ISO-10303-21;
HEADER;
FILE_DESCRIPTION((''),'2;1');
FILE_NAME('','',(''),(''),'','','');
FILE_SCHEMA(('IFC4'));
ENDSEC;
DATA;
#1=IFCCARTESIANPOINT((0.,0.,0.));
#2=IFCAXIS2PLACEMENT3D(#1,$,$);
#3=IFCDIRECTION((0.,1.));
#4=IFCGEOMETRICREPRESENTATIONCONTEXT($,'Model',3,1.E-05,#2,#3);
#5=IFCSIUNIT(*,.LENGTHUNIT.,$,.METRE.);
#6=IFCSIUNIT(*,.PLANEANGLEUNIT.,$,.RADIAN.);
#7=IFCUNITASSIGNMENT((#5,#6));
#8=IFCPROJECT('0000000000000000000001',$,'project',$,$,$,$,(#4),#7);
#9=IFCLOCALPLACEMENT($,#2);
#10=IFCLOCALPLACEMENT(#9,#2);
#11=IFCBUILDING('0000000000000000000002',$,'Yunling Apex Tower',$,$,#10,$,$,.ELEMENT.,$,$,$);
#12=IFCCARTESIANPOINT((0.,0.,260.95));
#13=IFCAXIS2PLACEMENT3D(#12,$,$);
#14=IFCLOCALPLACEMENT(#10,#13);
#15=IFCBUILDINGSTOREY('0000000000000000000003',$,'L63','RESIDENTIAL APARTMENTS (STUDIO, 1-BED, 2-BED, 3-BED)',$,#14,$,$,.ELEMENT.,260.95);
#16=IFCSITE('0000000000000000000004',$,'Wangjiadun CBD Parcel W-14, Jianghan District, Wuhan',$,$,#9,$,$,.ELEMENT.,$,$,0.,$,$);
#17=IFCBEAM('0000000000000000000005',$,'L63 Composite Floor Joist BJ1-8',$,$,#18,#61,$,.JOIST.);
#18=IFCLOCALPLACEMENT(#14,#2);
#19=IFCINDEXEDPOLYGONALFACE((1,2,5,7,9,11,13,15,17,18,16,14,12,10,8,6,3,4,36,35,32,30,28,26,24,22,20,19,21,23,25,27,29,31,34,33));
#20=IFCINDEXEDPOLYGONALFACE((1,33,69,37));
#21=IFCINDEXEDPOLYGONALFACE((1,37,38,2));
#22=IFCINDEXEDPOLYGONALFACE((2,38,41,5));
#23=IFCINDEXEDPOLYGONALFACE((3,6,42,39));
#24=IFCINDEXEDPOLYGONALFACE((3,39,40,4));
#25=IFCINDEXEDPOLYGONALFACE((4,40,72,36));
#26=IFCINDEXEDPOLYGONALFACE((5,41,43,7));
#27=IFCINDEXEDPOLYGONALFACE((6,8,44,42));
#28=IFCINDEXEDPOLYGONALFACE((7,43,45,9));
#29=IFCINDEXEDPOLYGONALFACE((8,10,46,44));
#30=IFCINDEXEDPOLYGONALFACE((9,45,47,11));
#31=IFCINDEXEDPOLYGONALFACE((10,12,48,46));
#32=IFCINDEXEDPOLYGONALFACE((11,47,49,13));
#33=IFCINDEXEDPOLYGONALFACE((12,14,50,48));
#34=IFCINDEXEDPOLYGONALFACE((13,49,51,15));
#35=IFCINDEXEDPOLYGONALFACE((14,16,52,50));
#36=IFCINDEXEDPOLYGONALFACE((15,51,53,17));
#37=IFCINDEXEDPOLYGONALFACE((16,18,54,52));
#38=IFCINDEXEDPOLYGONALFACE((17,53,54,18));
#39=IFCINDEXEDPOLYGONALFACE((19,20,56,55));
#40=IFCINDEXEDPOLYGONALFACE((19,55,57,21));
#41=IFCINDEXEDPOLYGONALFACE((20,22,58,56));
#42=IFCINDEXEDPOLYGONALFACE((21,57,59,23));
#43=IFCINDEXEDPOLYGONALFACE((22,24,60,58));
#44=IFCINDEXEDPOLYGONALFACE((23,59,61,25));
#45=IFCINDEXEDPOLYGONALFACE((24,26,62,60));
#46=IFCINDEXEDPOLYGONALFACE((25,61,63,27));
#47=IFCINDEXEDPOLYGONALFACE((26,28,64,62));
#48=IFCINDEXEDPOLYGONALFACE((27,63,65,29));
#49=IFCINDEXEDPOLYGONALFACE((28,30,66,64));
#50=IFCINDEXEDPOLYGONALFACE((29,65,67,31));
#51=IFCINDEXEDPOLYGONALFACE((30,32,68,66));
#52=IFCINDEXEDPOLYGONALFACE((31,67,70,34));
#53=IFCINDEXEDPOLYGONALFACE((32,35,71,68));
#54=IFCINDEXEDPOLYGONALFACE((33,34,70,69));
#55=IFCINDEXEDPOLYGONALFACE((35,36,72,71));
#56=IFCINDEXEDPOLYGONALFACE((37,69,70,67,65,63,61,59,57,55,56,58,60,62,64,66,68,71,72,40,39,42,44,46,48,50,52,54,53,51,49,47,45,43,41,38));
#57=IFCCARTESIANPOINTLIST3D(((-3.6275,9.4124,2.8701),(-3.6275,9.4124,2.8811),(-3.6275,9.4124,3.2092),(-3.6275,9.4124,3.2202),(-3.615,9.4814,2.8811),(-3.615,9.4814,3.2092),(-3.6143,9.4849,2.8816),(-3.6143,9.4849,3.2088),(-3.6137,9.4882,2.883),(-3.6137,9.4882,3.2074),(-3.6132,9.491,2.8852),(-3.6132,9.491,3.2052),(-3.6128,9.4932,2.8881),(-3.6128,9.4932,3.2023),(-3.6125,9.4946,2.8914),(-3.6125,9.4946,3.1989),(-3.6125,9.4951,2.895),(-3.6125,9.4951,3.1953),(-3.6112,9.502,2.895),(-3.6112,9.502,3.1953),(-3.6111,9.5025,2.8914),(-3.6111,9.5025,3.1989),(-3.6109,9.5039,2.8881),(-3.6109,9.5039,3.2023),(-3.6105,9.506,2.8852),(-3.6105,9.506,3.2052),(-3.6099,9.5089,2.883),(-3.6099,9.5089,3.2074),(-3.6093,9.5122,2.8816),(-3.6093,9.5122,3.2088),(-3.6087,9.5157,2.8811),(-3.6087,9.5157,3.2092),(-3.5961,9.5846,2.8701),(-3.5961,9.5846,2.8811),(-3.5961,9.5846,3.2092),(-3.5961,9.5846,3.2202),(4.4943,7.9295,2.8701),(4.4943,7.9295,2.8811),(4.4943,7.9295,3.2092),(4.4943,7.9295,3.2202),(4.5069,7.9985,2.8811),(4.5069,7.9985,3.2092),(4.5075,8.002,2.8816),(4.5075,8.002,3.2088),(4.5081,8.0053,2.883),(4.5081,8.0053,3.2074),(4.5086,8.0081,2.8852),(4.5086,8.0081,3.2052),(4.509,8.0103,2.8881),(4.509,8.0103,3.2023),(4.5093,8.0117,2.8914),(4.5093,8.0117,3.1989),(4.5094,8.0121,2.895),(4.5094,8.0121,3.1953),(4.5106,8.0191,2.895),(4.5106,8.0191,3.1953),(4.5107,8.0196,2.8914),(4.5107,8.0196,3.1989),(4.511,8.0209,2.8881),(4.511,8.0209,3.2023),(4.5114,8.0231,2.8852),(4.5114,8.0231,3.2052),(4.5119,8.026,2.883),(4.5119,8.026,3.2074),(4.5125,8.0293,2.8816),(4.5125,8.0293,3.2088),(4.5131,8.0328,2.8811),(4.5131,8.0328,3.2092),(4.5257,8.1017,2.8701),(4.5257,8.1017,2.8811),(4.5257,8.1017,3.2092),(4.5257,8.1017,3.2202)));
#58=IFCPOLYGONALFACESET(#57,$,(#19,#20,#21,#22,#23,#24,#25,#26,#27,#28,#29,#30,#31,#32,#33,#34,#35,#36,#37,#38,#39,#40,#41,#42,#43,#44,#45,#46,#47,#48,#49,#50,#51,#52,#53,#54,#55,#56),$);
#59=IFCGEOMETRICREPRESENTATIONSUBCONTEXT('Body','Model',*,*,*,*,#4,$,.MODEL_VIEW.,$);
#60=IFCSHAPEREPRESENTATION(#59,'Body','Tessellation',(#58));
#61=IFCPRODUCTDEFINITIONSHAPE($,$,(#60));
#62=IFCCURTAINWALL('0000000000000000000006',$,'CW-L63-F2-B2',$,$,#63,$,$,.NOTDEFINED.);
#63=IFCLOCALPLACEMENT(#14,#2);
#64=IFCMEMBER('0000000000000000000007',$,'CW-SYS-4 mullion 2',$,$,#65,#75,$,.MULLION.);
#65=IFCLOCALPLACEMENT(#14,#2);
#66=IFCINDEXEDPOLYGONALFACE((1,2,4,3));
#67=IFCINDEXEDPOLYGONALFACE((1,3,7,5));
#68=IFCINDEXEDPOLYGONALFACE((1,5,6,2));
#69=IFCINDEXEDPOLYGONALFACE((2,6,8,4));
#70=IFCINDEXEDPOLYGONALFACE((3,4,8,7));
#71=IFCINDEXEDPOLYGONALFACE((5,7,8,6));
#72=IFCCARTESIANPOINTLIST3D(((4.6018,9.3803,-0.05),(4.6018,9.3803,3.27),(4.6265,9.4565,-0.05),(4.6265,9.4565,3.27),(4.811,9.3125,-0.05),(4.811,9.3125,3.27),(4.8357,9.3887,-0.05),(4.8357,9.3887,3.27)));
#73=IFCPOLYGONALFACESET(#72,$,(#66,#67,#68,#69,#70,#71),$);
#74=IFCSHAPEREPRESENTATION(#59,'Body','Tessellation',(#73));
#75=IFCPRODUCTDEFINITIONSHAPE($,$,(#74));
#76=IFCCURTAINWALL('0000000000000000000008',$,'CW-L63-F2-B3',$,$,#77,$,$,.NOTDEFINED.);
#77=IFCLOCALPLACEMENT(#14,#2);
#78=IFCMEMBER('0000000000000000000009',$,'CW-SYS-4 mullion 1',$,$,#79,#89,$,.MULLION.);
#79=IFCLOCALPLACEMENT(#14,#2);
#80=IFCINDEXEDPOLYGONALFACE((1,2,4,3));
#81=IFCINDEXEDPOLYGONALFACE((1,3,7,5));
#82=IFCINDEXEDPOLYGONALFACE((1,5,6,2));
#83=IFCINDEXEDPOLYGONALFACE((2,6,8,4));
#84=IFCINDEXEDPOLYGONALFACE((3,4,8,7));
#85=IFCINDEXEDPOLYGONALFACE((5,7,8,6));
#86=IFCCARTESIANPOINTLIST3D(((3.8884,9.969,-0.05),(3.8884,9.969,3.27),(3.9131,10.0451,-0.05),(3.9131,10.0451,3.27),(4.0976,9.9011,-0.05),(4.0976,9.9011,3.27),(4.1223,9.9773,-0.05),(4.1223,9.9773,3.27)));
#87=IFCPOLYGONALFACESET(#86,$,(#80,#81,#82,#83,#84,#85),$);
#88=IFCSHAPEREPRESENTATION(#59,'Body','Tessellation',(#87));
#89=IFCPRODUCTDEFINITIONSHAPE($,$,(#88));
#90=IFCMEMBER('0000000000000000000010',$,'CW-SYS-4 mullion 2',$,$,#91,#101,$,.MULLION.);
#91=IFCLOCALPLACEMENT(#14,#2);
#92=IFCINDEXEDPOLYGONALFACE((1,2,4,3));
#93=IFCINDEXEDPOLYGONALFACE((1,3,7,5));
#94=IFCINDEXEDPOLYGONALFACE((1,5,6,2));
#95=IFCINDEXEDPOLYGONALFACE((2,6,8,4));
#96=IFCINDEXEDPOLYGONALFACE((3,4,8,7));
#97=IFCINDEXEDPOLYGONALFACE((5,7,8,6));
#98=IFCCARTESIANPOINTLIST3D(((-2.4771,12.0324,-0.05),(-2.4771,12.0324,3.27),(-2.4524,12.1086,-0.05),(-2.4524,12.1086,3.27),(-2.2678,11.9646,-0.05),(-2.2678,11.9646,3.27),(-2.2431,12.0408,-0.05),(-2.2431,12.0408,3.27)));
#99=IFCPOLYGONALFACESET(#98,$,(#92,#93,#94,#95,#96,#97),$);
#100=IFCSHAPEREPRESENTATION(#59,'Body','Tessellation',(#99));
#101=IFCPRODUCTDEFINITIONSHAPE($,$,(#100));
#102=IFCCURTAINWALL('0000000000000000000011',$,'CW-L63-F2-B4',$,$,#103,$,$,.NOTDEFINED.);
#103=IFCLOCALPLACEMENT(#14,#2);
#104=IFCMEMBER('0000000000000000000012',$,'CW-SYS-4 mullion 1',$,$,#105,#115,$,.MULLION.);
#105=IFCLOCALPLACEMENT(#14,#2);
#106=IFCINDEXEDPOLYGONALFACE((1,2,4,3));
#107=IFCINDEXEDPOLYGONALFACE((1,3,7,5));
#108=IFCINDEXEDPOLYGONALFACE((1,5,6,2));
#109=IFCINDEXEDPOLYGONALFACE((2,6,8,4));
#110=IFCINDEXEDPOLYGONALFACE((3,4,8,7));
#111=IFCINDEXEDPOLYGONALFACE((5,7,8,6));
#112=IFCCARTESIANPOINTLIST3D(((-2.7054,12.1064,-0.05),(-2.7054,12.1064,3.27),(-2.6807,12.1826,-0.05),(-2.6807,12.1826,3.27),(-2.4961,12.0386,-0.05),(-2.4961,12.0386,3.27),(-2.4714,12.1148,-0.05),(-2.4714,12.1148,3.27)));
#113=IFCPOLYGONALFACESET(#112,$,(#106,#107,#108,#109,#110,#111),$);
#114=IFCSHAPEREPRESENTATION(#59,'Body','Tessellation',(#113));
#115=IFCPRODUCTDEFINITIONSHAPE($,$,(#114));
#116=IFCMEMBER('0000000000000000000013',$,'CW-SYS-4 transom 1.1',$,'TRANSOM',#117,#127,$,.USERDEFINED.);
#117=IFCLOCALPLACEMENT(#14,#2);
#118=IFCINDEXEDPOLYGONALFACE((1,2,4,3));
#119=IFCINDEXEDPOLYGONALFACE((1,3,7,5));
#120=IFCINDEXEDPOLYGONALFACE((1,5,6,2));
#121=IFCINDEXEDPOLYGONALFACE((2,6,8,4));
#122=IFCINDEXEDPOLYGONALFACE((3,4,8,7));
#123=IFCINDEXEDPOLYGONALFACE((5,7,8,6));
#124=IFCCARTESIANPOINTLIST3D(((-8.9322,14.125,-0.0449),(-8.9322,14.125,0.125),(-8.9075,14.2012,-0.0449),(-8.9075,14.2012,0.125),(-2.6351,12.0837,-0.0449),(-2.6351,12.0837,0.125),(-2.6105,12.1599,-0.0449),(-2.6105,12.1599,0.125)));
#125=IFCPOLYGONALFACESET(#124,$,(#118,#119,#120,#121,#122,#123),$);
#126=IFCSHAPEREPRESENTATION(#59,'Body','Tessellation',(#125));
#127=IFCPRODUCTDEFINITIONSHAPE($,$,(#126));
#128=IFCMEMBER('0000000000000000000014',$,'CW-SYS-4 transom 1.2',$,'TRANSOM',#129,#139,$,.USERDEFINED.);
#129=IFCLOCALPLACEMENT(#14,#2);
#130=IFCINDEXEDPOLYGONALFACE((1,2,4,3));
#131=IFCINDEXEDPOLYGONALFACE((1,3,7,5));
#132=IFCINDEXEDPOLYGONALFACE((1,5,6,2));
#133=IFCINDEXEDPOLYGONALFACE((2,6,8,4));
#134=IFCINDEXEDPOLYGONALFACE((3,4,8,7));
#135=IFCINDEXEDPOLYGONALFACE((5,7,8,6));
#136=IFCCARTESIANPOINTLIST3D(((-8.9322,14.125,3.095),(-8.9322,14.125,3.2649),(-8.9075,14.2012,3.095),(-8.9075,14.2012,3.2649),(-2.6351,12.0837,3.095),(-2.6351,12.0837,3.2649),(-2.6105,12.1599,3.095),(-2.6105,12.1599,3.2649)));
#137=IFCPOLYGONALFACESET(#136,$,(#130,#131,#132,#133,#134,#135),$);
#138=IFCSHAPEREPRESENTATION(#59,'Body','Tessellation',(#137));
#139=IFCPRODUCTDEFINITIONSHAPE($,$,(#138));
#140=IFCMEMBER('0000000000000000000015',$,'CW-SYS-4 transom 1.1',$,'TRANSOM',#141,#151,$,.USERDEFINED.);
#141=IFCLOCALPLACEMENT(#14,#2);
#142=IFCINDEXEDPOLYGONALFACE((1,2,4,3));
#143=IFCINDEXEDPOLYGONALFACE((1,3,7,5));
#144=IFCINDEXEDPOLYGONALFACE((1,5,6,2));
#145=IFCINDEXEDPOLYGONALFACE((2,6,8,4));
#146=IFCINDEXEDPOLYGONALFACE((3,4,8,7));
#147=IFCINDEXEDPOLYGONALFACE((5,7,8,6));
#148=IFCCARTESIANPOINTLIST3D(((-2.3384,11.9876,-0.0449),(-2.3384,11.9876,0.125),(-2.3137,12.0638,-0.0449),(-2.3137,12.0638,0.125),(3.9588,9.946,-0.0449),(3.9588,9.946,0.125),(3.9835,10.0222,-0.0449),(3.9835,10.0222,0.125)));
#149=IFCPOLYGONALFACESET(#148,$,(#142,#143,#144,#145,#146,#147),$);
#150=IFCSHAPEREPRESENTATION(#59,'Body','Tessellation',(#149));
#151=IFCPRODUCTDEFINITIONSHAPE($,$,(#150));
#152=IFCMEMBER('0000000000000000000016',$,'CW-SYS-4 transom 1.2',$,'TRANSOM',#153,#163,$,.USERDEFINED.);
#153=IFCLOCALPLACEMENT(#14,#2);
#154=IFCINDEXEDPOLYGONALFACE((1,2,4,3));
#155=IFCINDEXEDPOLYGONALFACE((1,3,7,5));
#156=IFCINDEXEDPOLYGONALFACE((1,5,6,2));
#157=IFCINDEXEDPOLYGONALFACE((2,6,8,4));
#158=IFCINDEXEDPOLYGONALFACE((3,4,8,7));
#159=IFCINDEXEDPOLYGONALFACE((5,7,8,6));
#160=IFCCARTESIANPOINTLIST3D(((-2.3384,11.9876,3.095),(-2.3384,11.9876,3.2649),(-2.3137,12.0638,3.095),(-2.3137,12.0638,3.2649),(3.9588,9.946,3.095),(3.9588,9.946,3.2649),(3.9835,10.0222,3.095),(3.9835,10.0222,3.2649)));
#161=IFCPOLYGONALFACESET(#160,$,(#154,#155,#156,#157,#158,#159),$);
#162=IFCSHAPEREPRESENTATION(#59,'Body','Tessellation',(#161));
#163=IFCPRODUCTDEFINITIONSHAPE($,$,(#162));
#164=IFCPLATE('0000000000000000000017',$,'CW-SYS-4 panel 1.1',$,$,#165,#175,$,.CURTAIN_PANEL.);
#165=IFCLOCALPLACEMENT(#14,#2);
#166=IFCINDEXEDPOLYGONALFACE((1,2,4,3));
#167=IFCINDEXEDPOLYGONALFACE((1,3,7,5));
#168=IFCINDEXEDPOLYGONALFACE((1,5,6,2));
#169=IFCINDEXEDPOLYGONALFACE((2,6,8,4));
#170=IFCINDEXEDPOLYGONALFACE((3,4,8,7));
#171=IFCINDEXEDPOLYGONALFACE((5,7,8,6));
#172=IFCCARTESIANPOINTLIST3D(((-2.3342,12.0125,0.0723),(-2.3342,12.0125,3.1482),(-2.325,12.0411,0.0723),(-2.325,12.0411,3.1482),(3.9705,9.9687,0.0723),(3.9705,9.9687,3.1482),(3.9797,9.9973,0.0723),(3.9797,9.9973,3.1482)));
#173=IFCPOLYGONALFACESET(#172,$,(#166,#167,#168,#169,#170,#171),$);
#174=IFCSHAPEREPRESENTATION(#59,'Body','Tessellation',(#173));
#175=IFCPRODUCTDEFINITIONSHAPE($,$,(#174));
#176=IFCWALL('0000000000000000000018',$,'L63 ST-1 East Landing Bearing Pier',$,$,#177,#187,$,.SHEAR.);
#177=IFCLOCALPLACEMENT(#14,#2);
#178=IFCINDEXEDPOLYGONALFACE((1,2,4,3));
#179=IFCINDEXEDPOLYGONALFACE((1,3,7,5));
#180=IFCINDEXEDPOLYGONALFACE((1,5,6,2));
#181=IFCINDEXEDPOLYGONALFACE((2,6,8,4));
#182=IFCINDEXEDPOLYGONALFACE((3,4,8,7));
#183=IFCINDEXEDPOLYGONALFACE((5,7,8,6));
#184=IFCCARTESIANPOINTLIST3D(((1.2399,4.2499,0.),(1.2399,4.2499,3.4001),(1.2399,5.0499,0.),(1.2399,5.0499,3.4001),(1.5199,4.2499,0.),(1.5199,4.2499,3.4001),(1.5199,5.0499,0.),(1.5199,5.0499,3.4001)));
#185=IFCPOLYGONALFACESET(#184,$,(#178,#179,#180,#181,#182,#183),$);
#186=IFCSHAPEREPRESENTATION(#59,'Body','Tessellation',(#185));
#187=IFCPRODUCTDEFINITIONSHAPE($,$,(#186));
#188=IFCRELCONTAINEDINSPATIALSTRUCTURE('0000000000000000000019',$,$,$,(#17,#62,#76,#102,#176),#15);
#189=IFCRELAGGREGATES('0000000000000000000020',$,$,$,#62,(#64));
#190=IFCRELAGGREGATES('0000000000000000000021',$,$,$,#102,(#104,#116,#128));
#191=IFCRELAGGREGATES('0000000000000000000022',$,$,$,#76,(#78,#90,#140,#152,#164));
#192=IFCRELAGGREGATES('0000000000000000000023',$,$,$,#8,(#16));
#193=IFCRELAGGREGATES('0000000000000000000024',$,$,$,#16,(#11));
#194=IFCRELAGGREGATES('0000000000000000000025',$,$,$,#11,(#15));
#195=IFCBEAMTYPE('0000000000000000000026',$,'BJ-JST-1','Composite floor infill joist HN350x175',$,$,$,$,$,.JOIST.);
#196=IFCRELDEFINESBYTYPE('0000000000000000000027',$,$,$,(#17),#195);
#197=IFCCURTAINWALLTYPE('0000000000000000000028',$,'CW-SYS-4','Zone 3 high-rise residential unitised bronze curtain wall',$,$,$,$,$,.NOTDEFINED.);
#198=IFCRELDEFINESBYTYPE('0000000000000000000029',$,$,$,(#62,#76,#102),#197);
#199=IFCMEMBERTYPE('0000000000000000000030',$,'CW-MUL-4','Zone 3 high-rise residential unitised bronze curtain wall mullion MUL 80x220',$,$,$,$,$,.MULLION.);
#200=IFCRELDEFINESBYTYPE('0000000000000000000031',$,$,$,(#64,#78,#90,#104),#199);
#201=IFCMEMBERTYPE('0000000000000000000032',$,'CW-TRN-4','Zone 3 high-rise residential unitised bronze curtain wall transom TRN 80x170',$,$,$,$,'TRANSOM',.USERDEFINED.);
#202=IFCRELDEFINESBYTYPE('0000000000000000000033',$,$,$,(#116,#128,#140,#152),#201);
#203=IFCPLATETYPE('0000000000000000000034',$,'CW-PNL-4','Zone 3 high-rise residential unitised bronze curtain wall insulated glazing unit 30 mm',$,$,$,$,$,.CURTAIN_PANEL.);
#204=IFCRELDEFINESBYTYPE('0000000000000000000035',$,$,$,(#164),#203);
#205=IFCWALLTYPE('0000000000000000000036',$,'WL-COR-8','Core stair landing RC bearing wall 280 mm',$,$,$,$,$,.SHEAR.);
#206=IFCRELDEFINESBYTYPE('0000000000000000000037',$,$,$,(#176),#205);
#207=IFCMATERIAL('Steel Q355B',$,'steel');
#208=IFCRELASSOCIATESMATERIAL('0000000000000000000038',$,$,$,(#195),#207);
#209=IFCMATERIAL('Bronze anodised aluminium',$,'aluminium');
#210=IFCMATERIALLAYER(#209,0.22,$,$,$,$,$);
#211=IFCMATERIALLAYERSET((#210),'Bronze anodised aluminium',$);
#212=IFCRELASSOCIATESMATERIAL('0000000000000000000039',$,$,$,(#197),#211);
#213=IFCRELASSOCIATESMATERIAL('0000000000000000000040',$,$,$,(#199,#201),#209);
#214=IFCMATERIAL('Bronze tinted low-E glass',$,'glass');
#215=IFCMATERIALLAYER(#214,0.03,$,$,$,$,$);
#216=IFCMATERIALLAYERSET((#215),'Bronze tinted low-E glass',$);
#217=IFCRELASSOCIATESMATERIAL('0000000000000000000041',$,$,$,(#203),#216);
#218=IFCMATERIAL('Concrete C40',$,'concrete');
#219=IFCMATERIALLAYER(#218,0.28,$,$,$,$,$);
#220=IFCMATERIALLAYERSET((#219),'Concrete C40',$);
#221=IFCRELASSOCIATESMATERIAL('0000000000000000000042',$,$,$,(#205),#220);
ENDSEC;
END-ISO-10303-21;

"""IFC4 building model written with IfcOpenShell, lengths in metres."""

from ifc_helpers import new_model, si_unit, direction, frame, frame_2d, origin, origin_2d, place, context, subcontext, project, spatial, rectangle, i_section, extrude, source, transform, mapped, material, layer, layer_set, material_profile, profile_set, type_object, element, aggregate, save


model = new_model("IFC4")

# Units and contexts
model_context = context("Model", 3, precision=1e-05, world=origin(), true_north=direction((0.0, 1.0)))
body_context = subcontext(model_context, "Body", "Model", "MODEL_VIEW")
ifc_project = project(units=[si_unit("LENGTHUNIT", "METRE"), si_unit("PLANEANGLEUNIT", "RADIAN")], contexts=[model_context])

# Site, building, storey
site_placement = place(None, origin())
site = spatial("IfcSite", under=ifc_project, at=site_placement, Name="Wangjiadun CBD Parcel W-14, Jianghan District, Wuhan", CompositionType="ELEMENT", RefElevation=0.0)
building_placement = place(site_placement, origin())
building = spatial("IfcBuilding", under=site, at=building_placement, Name="Yunling Apex Tower", CompositionType="ELEMENT")
storey_placement = place(building_placement, frame((0.0, 0.0, 260.95)))
storey = spatial("IfcBuildingStorey", under=building, at=storey_placement, Name="L63", Description="RESIDENTIAL APARTMENTS (STUDIO, 1-BED, 2-BED, 3-BED)", CompositionType="ELEMENT", Elevation=260.95)

# Shared definitions
ifc_material_1 = material(Name="Steel Q355B", Category="steel")

# Beam
ifc_material_profile_1 = material_profile(ifc_material_1, i_section(OverallWidth=0.175, OverallDepth=0.3501, WebThickness=0.0071, FlangeThickness=0.011, FilletRadius=0.0139, at=origin_2d()))
ifc_profile_set_1 = profile_set([ifc_material_profile_1], Name="Steel Q355B")
beam_type_1 = type_object("IfcBeamType", Name="BJ-JST-1", Description="Composite floor infill joist HN350x175", PredefinedType="JOIST", material=ifc_profile_set_1)
shared_shape_1 = source(origin(), body_context, "Body", "SweptSolid", [
    extrude(i_section(OverallWidth=0.175, OverallDepth=0.3501, WebThickness=0.0071, FlangeThickness=0.011, FilletRadius=0.0139, at=origin_2d()), origin(), (0.0, 0.0, 1.0), 8.2561),
])
beam_1_placement = place(storey_placement, frame((4.51, 8.0156, 3.0452), z_axis=(-0.983737, 0.179614, 0.0), x_axis=(-0.179614, -0.983737, 0.0)))
element("IfcBeam", 1, at=beam_1_placement, inside=storey, type_object=beam_type_1, Name="L63 Composite Floor Joist BJ1-8", PredefinedType="JOIST", context=body_context, shape_type="MappedRepresentation", body=[
    mapped(shared_shape_1, transform((0.0, 0.0, 0.0), scale=1.0)),
])

# Curtain wall, member
ifc_material_2 = material(Name="Bronze anodised aluminium", Category="aluminium")
ifc_layer_1 = layer(ifc_material_2, 0.22)
ifc_layer_set_1 = layer_set([ifc_layer_1], Name="Bronze anodised aluminium")
curtain_wall_type = type_object("IfcCurtainWallType", Name="CW-SYS-4", Description="Zone 3 high-rise residential unitised bronze curtain wall", PredefinedType="NOTDEFINED", material=ifc_layer_set_1)
curtain_wall_1_placement = place(storey_placement, origin())
curtain_wall_1 = element("IfcCurtainWall", 2, at=curtain_wall_1_placement, inside=storey, type_object=curtain_wall_type, Name="CW-L63-F2-B2", PredefinedType="NOTDEFINED")
ifc_material_profile_2 = material_profile(ifc_material_2, rectangle(XDim=0.0801, YDim=0.22, at=origin_2d()))
ifc_profile_set_2 = profile_set([ifc_material_profile_2], Name="Bronze anodised aluminium")
member_type_1 = type_object("IfcMemberType", Name="CW-MUL-4", Description="Zone 3 high-rise residential unitised bronze curtain wall mullion MUL 80x220", PredefinedType="MULLION", material=ifc_profile_set_2)
shared_shape_2 = source(origin(), body_context, "Body", "SweptSolid", [
    extrude(rectangle(XDim=0.0801, YDim=0.22, at=origin_2d()), origin(), (0.0, 0.0, 1.0), 3.3201),
])
member_1_placement = place(storey_placement, frame((4.7188, 9.3845, -0.05), z_axis=(0.0, 0.0, 1.0), x_axis=(-0.308369, -0.951267, 0.0)))
member_1 = element("IfcMember", 3, at=member_1_placement, type_object=member_type_1, Name="CW-SYS-4 mullion 2", PredefinedType="MULLION", context=body_context, shape_type="MappedRepresentation", body=[
    mapped(shared_shape_2, transform((0.0, 0.0, 0.0), scale=1.0)),
])
aggregate(curtain_wall_1, [member_1])

# Curtain walls, members
curtain_wall_2_placement = place(storey_placement, origin())
curtain_wall_2 = element("IfcCurtainWall", 4, at=curtain_wall_2_placement, inside=storey, type_object=curtain_wall_type, Name="CW-L63-F2-B3", PredefinedType="NOTDEFINED")
member_2_placement = place(storey_placement, frame((4.0054, 9.9731, -0.05), z_axis=(0.0, 0.0, 1.0), x_axis=(-0.308371, -0.951266, 0.0)))
member_2 = element("IfcMember", 5, at=member_2_placement, type_object=member_type_1, Name="CW-SYS-4 mullion 1", PredefinedType="MULLION", context=body_context, shape_type="MappedRepresentation", body=[
    mapped(shared_shape_2, transform((0.0, 0.0, 0.0), scale=1.0)),
])
member_3_placement = place(storey_placement, frame((-2.3601, 12.0366, -0.05), z_axis=(0.0, 0.0, 1.0), x_axis=(-0.308371, -0.951266, 0.0)))
member_3 = element("IfcMember", 6, at=member_3_placement, type_object=member_type_1, Name="CW-SYS-4 mullion 2", PredefinedType="MULLION", context=body_context, shape_type="MappedRepresentation", body=[
    mapped(shared_shape_2, transform((0.0, 0.0, 0.0), scale=1.0)),
])
curtain_wall_3_placement = place(storey_placement, origin())
curtain_wall_3 = element("IfcCurtainWall", 7, at=curtain_wall_3_placement, inside=storey, type_object=curtain_wall_type, Name="CW-L63-F2-B4", PredefinedType="NOTDEFINED")
member_4_placement = place(storey_placement, frame((-2.5884, 12.1106, -0.05), z_axis=(0.0, 0.0, 1.0), x_axis=(-0.308353, -0.951272, 0.0)))
member_4 = element("IfcMember", 8, at=member_4_placement, type_object=member_type_1, Name="CW-SYS-4 mullion 1", PredefinedType="MULLION", context=body_context, shape_type="MappedRepresentation", body=[
    mapped(shared_shape_2, transform((0.0, 0.0, 0.0), scale=1.0)),
])
ifc_material_profile_3 = material_profile(ifc_material_2, rectangle(XDim=0.0801, YDim=0.1699, at=origin_2d()))
ifc_profile_set_3 = profile_set([ifc_material_profile_3], Name="Bronze anodised aluminium")
member_type_2 = type_object("IfcMemberType", Name="CW-TRN-4", Description="Zone 3 high-rise residential unitised bronze curtain wall transom TRN 80x170", ElementType="TRANSOM", PredefinedType="USERDEFINED", material=ifc_profile_set_3)
shared_shape_3 = source(origin(), body_context, "Body", "SweptSolid", [
    extrude(rectangle(XDim=0.0801, YDim=0.1699, at=origin_2d()), origin(), (0.0, 0.0, 1.0), 6.6196),
])
member_5_placement = place(storey_placement, frame((-2.6228, 12.1218, 0.04), z_axis=(-0.951269, 0.308361, 0.0), x_axis=(-0.308361, -0.951269, 0.0)))
member_5 = element("IfcMember", 9, at=member_5_placement, type_object=member_type_2, Name="CW-SYS-4 transom 1.1", ObjectType="TRANSOM", PredefinedType="USERDEFINED", context=body_context, shape_type="MappedRepresentation", body=[
    mapped(shared_shape_3, transform((0.0, 0.0, 0.0), scale=1.0)),
])
member_6_placement = place(storey_placement, frame((-2.6228, 12.1218, 3.1799), z_axis=(-0.951269, 0.308361, 0.0), x_axis=(-0.308361, -0.951269, 0.0)))
member_6 = element("IfcMember", 10, at=member_6_placement, type_object=member_type_2, Name="CW-SYS-4 transom 1.2", ObjectType="TRANSOM", PredefinedType="USERDEFINED", context=body_context, shape_type="MappedRepresentation", body=[
    mapped(shared_shape_3, transform((0.0, 0.0, 0.0), scale=1.0)),
])
aggregate(curtain_wall_3, [member_4, member_5, member_6])

# Members
shared_shape_4 = source(origin(), body_context, "Body", "SweptSolid", [
    extrude(rectangle(XDim=0.0801, YDim=0.1699, at=origin_2d()), origin(), (0.0, 0.0, 1.0), 6.6199),
])
member_7_placement = place(storey_placement, frame((3.9712, 9.9841, 0.04), z_axis=(-0.951258, 0.308395, 0.0), x_axis=(-0.308395, -0.951258, 0.0)))
member_7 = element("IfcMember", 11, at=member_7_placement, type_object=member_type_2, Name="CW-SYS-4 transom 1.1", ObjectType="TRANSOM", PredefinedType="USERDEFINED", context=body_context, shape_type="MappedRepresentation", body=[
    mapped(shared_shape_4, transform((0.0, 0.0, 0.0), scale=1.0)),
])
member_8_placement = place(storey_placement, frame((3.9712, 9.9841, 3.1799), z_axis=(-0.951258, 0.308395, 0.0), x_axis=(-0.308395, -0.951258, 0.0)))
member_8 = element("IfcMember", 12, at=member_8_placement, type_object=member_type_2, Name="CW-SYS-4 transom 1.2", ObjectType="TRANSOM", PredefinedType="USERDEFINED", context=body_context, shape_type="MappedRepresentation", body=[
    mapped(shared_shape_4, transform((0.0, 0.0, 0.0), scale=1.0)),
])

# Plate
ifc_material_3 = material(Name="Bronze tinted low-E glass", Category="glass")
ifc_layer_2 = layer(ifc_material_3, 0.03)
ifc_layer_set_2 = layer_set([ifc_layer_2], Name="Bronze tinted low-E glass")
plate_type = type_object("IfcPlateType", Name="CW-PNL-4", Description="Zone 3 high-rise residential unitised bronze curtain wall insulated glazing unit 30 mm", PredefinedType="CURTAIN_PANEL", material=ifc_layer_set_2)
shared_shape_5 = source(origin(), body_context, "Body", "SweptSolid", [
    extrude(rectangle(XDim=6.6277, YDim=0.03, at=origin_2d()), origin(), (0.0, 0.0, 1.0), 3.0759),
])
plate_placement = place(storey_placement, frame((0.8228, 11.0049, 0.0723), z_axis=(0.0, 0.0, 1.0), x_axis=(-0.951266, 0.308371, 0.0)))
plate = element("IfcPlate", 13, at=plate_placement, type_object=plate_type, Name="CW-SYS-4 panel 1.1", PredefinedType="CURTAIN_PANEL", context=body_context, shape_type="MappedRepresentation", body=[
    mapped(shared_shape_5, transform((0.0, 0.0, 0.0), scale=1.0)),
])
aggregate(curtain_wall_2, [member_2, member_3, member_7, member_8, plate])

# Wall
ifc_material_4 = material(Name="Concrete C40", Category="concrete")
ifc_layer_3 = layer(ifc_material_4, 0.28)
ifc_layer_set_3 = layer_set([ifc_layer_3], Name="Concrete C40")
wall_type_1 = type_object("IfcWallType", Name="WL-COR-8", Description="Core stair landing RC bearing wall 280 mm", PredefinedType="SHEAR", material=ifc_layer_set_3)
wall_1_placement = place(storey_placement, frame((1.3799, 4.25, 0.0), z_axis=(0.0, 0.0, 1.0), x_axis=(0.0, 1.0, 0.0)))
element("IfcWall", 14, at=wall_1_placement, inside=storey, type_object=wall_type_1, Name="L63 ST-1 East Landing Bearing Pier", PredefinedType="SHEAR", context=body_context, shape_type="SweptSolid", body=[
    extrude(rectangle(XDim=0.8, YDim=0.28, at=frame_2d((0.3999, 0.0))), origin(), (0.0, 0.0, 1.0), 3.4001),
])

save(model, "model.ifc")
